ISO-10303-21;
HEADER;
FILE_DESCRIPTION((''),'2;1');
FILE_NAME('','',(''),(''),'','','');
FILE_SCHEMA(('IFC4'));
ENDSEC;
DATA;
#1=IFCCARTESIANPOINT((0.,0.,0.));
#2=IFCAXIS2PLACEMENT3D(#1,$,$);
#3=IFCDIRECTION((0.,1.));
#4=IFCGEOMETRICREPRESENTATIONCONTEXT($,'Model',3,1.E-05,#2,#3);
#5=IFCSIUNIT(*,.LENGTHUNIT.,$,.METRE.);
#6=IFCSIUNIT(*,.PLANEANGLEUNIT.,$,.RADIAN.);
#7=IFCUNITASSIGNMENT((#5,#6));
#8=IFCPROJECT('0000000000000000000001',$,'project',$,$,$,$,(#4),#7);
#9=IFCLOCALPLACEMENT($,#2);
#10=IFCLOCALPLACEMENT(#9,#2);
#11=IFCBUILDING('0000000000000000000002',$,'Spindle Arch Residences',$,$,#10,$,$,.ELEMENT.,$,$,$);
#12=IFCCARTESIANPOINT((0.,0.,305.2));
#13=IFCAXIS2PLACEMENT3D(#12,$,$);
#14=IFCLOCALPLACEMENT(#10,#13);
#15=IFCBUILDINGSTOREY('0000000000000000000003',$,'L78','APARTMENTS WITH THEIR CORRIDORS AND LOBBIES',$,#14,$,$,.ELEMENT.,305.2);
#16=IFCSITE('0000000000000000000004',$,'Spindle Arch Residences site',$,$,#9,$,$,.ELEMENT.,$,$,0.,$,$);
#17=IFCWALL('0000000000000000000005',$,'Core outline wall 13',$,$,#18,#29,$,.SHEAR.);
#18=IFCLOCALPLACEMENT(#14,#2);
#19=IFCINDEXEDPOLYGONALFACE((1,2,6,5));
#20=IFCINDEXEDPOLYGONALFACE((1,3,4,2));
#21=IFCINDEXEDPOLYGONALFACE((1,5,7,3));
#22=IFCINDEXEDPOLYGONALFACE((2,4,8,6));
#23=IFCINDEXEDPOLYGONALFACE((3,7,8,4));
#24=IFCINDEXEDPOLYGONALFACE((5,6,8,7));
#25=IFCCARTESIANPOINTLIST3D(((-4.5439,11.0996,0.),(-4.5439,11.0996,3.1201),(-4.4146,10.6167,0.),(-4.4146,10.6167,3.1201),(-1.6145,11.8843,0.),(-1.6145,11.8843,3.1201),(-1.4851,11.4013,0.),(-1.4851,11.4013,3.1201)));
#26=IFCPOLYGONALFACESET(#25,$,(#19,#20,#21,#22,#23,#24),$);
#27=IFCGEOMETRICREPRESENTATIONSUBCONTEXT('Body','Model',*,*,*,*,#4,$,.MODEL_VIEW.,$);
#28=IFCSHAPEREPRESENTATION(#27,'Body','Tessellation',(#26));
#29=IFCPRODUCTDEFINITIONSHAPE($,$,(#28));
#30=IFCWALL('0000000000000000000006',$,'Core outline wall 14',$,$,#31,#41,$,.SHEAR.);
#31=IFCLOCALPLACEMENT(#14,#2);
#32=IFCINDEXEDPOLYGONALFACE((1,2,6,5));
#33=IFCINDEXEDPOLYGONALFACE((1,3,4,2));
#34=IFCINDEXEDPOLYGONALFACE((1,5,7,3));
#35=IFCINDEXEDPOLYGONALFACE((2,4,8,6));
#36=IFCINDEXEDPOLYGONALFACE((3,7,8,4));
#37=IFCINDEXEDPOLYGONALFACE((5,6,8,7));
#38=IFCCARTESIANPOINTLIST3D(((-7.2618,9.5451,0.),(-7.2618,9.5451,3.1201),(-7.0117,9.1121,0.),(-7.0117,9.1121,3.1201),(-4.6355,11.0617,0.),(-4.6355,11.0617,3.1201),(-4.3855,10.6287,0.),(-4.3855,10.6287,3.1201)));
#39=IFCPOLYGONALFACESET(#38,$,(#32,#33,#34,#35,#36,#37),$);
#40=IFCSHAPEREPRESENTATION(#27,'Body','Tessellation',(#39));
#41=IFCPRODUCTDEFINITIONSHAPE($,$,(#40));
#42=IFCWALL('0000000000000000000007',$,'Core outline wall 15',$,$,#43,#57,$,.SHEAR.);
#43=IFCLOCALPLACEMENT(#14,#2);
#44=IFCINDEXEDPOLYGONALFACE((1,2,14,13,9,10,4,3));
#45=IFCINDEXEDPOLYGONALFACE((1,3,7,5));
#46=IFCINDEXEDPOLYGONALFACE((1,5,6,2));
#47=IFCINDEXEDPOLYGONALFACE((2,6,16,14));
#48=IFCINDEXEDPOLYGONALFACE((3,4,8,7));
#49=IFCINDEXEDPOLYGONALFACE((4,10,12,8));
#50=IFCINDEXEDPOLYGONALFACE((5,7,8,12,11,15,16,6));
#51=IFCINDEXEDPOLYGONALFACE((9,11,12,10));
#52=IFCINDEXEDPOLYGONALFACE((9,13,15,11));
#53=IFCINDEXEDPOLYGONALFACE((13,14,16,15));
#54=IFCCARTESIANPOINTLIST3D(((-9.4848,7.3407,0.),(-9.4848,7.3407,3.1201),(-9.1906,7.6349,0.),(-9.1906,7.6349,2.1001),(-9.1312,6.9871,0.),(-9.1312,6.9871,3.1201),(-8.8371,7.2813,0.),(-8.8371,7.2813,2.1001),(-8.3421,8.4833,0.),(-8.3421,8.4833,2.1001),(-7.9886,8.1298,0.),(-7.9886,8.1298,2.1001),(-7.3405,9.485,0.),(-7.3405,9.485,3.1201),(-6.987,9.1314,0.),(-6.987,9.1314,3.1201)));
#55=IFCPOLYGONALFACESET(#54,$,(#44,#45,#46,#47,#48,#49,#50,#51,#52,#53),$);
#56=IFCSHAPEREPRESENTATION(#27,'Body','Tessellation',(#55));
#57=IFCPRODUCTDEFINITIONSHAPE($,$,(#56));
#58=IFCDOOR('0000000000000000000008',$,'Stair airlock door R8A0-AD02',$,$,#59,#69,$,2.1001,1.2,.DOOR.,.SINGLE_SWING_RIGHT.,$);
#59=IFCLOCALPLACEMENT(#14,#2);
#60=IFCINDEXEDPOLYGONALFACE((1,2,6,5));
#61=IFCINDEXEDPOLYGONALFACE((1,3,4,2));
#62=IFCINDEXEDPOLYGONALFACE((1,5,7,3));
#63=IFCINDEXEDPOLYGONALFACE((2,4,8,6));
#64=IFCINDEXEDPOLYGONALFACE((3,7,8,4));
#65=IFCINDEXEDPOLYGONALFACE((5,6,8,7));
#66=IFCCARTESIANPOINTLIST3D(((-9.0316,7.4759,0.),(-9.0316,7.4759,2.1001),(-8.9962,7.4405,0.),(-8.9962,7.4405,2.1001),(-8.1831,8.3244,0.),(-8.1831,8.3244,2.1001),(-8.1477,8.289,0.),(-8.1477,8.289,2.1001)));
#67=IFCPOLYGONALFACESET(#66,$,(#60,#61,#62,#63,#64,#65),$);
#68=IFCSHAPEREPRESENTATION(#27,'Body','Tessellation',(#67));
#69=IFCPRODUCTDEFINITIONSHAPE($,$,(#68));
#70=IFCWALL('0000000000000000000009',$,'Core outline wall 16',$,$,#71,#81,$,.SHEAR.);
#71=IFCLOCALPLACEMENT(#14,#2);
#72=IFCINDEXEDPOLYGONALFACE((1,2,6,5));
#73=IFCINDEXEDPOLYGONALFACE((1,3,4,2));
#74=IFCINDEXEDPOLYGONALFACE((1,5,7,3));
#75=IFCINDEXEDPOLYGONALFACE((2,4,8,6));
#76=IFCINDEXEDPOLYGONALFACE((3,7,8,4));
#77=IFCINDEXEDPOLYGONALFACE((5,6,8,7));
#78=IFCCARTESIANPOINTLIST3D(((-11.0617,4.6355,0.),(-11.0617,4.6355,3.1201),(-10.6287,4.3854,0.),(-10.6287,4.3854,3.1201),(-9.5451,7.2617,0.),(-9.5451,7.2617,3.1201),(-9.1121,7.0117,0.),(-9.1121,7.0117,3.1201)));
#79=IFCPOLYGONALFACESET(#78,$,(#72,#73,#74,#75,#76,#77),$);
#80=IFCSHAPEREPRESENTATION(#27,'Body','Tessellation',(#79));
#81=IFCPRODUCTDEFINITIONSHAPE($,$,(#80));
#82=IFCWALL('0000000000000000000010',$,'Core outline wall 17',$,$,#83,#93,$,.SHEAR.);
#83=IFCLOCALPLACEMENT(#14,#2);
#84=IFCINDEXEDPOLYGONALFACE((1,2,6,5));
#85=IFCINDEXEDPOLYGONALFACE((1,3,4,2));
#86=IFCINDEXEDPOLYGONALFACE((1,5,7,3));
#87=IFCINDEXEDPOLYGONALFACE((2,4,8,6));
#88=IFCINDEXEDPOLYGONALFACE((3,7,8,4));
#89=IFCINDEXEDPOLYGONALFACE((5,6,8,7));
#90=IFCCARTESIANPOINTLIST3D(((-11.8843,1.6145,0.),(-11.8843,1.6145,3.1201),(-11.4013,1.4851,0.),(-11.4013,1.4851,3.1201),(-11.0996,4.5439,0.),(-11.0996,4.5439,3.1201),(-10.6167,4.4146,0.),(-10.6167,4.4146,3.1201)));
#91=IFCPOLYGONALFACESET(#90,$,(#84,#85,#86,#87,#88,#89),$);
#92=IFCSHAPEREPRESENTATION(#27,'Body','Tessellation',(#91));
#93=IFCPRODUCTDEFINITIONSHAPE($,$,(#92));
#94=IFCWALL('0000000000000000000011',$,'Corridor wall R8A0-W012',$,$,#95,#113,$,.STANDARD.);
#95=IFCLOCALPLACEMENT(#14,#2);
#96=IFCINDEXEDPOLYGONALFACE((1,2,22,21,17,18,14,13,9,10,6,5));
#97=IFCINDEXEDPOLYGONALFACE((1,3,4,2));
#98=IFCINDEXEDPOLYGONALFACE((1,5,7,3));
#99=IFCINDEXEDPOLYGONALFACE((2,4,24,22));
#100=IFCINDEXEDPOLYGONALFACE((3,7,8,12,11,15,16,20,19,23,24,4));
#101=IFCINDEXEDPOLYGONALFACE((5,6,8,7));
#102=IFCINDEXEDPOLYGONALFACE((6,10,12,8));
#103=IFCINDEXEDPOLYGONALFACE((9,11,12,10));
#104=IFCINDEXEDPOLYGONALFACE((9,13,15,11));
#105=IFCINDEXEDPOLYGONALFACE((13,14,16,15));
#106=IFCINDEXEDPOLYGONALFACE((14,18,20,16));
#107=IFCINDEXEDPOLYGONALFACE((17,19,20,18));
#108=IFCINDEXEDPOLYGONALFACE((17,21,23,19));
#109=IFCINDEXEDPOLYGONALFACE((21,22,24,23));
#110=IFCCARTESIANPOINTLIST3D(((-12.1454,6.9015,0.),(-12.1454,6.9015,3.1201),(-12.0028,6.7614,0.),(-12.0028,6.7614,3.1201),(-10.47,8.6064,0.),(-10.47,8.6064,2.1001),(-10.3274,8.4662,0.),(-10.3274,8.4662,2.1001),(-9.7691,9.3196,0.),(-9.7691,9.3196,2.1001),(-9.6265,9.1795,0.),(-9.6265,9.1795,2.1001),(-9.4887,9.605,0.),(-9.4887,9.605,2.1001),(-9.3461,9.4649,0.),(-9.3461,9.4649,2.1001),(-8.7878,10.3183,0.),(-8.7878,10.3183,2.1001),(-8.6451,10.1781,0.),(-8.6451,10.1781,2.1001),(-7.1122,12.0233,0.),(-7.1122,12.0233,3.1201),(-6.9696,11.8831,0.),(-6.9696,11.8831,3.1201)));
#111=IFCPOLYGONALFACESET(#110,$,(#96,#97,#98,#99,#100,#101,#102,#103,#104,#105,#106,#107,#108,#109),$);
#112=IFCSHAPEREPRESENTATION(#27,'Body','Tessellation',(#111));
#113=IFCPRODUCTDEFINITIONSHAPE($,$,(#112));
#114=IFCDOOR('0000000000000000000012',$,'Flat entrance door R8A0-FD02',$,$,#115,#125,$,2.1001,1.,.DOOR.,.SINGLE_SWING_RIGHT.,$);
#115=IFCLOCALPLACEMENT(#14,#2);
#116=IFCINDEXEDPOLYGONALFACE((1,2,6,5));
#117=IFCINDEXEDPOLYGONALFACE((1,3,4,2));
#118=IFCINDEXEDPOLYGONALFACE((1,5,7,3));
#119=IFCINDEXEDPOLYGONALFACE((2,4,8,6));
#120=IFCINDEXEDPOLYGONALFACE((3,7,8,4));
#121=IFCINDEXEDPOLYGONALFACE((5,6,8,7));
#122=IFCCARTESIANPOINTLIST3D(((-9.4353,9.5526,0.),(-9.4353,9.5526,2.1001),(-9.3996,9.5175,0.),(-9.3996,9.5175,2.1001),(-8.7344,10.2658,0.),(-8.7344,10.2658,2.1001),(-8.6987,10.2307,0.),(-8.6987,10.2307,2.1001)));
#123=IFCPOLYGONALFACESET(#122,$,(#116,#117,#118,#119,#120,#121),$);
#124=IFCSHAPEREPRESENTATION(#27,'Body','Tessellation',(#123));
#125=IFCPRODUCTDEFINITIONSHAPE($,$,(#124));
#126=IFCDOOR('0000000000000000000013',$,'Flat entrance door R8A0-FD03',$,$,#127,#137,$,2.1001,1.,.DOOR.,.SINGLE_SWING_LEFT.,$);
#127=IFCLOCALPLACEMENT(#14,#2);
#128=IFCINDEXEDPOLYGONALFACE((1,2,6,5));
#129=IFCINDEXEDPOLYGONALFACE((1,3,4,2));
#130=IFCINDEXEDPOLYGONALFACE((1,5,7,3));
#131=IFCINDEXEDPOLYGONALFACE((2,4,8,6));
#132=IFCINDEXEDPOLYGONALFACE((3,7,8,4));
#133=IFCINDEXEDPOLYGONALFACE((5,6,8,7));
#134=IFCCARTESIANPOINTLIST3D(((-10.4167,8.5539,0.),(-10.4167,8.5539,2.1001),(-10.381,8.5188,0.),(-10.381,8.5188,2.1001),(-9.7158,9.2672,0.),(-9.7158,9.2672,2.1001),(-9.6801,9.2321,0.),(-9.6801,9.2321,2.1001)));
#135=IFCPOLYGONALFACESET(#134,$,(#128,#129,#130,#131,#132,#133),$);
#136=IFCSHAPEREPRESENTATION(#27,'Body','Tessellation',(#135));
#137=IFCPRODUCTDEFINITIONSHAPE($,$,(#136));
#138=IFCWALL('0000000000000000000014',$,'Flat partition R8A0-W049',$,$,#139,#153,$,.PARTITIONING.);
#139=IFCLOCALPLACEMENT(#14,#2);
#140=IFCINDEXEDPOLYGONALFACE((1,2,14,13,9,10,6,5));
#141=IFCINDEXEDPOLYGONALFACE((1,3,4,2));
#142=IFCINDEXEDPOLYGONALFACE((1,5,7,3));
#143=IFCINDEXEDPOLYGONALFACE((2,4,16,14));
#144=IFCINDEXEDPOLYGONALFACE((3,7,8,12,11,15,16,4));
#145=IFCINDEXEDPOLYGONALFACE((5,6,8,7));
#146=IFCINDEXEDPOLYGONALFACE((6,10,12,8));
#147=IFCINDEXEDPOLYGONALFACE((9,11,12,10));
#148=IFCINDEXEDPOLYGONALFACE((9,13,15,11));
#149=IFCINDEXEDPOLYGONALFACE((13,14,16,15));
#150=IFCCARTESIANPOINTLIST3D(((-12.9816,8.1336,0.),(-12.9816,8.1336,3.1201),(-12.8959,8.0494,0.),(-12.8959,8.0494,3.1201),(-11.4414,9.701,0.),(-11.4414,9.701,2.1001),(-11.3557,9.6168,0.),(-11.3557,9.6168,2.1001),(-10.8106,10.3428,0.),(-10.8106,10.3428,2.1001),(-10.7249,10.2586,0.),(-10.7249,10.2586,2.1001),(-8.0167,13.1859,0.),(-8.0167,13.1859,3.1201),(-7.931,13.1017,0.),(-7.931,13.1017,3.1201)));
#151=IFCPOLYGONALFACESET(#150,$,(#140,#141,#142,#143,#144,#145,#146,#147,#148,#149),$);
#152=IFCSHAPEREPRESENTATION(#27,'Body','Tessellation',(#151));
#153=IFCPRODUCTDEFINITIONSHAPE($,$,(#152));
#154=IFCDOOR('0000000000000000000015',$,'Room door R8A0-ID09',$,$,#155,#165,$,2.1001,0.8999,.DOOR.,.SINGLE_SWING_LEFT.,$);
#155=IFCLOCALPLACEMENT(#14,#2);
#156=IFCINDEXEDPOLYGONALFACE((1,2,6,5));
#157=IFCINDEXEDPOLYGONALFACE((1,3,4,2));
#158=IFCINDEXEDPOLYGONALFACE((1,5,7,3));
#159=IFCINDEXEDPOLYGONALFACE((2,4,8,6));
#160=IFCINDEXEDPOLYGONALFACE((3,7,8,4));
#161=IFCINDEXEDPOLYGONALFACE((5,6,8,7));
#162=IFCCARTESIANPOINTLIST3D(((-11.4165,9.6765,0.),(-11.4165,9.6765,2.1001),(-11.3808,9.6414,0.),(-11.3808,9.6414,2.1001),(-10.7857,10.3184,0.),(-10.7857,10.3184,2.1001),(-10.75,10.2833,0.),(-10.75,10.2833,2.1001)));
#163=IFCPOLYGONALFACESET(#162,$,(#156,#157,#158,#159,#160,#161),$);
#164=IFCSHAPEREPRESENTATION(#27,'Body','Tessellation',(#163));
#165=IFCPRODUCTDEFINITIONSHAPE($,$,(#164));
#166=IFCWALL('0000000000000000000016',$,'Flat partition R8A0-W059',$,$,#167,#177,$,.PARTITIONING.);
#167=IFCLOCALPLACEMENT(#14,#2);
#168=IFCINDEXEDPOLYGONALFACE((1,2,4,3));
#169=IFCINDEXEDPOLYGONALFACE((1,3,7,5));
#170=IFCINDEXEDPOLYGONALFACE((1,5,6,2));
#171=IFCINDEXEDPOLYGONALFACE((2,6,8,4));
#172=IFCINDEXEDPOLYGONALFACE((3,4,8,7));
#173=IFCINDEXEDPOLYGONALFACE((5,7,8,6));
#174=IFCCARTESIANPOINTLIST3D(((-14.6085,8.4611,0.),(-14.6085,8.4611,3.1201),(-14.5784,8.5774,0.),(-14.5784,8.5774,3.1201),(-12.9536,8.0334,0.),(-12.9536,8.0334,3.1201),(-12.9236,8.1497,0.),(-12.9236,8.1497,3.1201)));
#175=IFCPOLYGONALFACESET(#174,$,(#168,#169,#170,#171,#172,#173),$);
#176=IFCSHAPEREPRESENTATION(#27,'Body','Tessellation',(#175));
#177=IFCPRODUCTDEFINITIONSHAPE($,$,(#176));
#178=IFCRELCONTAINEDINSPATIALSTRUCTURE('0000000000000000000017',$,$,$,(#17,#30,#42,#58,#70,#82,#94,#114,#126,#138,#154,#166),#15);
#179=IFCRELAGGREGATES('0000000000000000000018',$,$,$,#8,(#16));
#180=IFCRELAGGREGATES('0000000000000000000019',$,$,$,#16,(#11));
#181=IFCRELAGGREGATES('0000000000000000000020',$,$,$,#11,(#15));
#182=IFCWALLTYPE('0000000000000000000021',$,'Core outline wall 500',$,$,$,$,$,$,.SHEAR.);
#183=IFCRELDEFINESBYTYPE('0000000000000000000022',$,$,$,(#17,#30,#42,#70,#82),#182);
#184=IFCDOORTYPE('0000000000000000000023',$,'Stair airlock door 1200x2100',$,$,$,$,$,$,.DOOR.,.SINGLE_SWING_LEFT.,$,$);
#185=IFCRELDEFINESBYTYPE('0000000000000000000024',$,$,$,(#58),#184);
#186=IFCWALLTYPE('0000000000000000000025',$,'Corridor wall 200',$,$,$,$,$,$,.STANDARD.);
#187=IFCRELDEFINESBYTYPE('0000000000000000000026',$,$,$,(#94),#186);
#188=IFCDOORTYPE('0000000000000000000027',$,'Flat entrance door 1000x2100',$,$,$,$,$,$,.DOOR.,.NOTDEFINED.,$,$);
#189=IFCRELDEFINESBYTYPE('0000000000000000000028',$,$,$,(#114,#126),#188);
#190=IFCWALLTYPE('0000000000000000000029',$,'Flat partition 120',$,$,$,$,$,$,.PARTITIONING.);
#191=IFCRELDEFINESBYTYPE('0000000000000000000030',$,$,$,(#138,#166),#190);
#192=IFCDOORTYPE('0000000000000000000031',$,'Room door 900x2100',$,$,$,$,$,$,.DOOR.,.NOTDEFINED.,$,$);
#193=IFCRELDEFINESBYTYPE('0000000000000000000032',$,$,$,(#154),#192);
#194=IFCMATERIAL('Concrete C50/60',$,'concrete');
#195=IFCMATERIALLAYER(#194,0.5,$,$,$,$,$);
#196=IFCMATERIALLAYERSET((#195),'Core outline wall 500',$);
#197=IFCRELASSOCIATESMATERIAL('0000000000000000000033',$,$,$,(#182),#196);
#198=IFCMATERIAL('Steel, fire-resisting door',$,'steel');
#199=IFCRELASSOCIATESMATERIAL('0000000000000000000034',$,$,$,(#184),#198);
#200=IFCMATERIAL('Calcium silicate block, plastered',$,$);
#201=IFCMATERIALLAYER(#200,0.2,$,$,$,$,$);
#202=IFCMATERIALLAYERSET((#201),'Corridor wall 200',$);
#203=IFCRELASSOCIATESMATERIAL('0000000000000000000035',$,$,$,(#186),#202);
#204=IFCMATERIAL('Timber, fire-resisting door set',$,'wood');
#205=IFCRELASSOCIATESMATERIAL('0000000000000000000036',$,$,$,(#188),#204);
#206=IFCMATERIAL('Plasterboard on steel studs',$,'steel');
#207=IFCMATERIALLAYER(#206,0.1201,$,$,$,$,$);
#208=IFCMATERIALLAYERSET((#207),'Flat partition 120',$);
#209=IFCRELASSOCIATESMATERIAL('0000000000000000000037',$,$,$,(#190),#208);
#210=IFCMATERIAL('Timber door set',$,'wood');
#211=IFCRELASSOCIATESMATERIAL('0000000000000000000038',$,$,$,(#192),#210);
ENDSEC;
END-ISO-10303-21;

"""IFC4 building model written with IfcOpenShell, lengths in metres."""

from ifc_helpers import new_model, si_unit, direction, frame, frame_2d, origin, place, context, subcontext, project, spatial, rectangle, extrude, material, layer, layer_set, type_object, element, fill, save


model = new_model("IFC4")

# Units and contexts
model_context = context("Model", 3, precision=1e-05, world=origin(), true_north=direction((0.0, 1.0)))
body_context = subcontext(model_context, "Body", "Model", "MODEL_VIEW")
ifc_project = project(units=[si_unit("LENGTHUNIT", "METRE"), si_unit("PLANEANGLEUNIT", "RADIAN")], contexts=[model_context])

# Site, building, storey
site_placement = place(None, origin())
site = spatial("IfcSite", under=ifc_project, at=site_placement, Name="Spindle Arch Residences site", CompositionType="ELEMENT", RefElevation=0.0)
building_placement = place(site_placement, origin())
building = spatial("IfcBuilding", under=site, at=building_placement, Name="Spindle Arch Residences", CompositionType="ELEMENT")
storey_placement = place(building_placement, frame((0.0, 0.0, 305.2)))
storey = spatial("IfcBuildingStorey", under=building, at=storey_placement, Name="L78", Description="APARTMENTS WITH THEIR CORRIDORS AND LOBBIES", CompositionType="ELEMENT", Elevation=305.2)

# Walls
ifc_material_1 = material(Name="Concrete C50/60", Category="concrete")
ifc_layer_1 = layer(ifc_material_1, 0.5)
ifc_layer_set_1 = layer_set([ifc_layer_1], Name="Core outline wall 500")
wall_type_1 = type_object("IfcWallType", Name="Core outline wall 500", PredefinedType="SHEAR", material=ifc_layer_set_1)
for number, where, z_axis, x_axis, name in (
    (1, (-1.5498, 11.6428, 0.0), (0.0, 0.0, 1.0), (-0.965948, -0.258735, 0.0), "Core outline wall 13"),
    (2, (-4.5105, 10.8452, 0.0), (0.0, 0.0, 1.0), (-0.865975, -0.500087, 0.0), "Core outline wall 14"),
):
    element("IfcWall", number, at=place(storey_placement, frame(where, z_axis=z_axis, x_axis=x_axis)), inside=storey, type_object=wall_type_1, Name=name, PredefinedType="SHEAR", context=body_context, shape_type="SweptSolid", body=[
        extrude(rectangle(XDim=3.0327, YDim=0.5, at=frame_2d((1.5164, 0.0))), origin(), (0.0, 0.0, 1.0), 3.1201),
    ])

# Wall, opening, door
wall_1_placement = place(storey_placement, frame((-7.1638, 9.3081, 0.0), z_axis=(0.0, 0.0, 1.0), x_axis=(-0.707107, -0.707107, 0.0)))
wall_1 = element("IfcWall", 3, at=wall_1_placement, inside=storey, type_object=wall_type_1, Name="Core outline wall 15", PredefinedType="SHEAR", context=body_context, shape_type="SweptSolid", body=[
    extrude(rectangle(XDim=3.0325, YDim=0.5, at=frame_2d((1.5161, 0.0))), origin(), (0.0, 0.0, 1.0), 3.1201),
])
opening_1_placement = place(wall_1_placement, frame((1.4163, 0.0, 0.0)))
opening_1 = element("IfcOpeningElement", 4, at=opening_1_placement, cuts=wall_1, PredefinedType="OPENING", context=body_context, shape_type="SweptSolid", body=[
    extrude(rectangle(XDim=1.2, YDim=2.1001, at=frame_2d((0.6001, 1.05))), frame((0.0, 0.26, 0.0), z_axis=(0.0, -1.0, 0.0), x_axis=(1.0, 0.0, 0.0)), (0.0, 0.0, 1.0), 0.52),
])
ifc_material_2 = material(Name="Steel, fire-resisting door", Category="steel")
door_type_1 = type_object("IfcDoorType", Name="Stair airlock door 1200x2100", OperationType="SINGLE_SWING_LEFT", PredefinedType="DOOR", material=ifc_material_2)
door_1_placement = place(opening_1_placement, origin())
door_1 = element("IfcDoor", 5, at=door_1_placement, inside=storey, type_object=door_type_1, Name="Stair airlock door R8A0-AD02", OperationType="SINGLE_SWING_RIGHT", OverallHeight=2.1001, OverallWidth=1.2, PredefinedType="DOOR", context=body_context, shape_type="SweptSolid", body=[
    extrude(rectangle(XDim=1.2, YDim=2.1001, at=frame_2d((0.6001, 1.05))), frame((0.0, 0.0249, 0.0), z_axis=(0.0, -1.0, 0.0), x_axis=(1.0, 0.0, 0.0)), (0.0, 0.0, 1.0), 0.05),
])
fill(opening_1, door_1)

# Walls
for number, where, z_axis, x_axis, name in (
    (6, (-9.3286, 7.1367, 0.0), (0.0, 0.0, 1.0), (-0.500087, -0.865975, 0.0), "Core outline wall 16"),
    (7, (-10.8582, 4.4792, 0.0), (0.0, 0.0, 1.0), (-0.258735, -0.965948, 0.0), "Core outline wall 17"),
):
    element("IfcWall", number, at=place(storey_placement, frame(where, z_axis=z_axis, x_axis=x_axis)), inside=storey, type_object=wall_type_1, Name=name, PredefinedType="SHEAR", context=body_context, shape_type="SweptSolid", body=[
        extrude(rectangle(XDim=3.0327, YDim=0.5, at=frame_2d((1.5164, 0.0))), origin(), (0.0, 0.0, 1.0), 3.1201),
    ])

# Wall, openings, doors
ifc_material_3 = material(Name="Calcium silicate block, plastered")
ifc_layer_2 = layer(ifc_material_3, 0.2)
ifc_layer_set_2 = layer_set([ifc_layer_2], Name="Corridor wall 200")
wall_type_2 = type_object("IfcWallType", Name="Corridor wall 200", PredefinedType="STANDARD", material=ifc_layer_set_2)
wall_2_placement = place(storey_placement, frame((-7.041, 11.9531, 0.0), z_axis=(0.0, 0.0, 1.0), x_axis=(-0.700909, -0.713251, 0.0)))
wall_2 = element("IfcWall", 8, at=wall_2_placement, inside=storey, type_object=wall_type_2, Name="Corridor wall R8A0-W012", PredefinedType="STANDARD", context=body_context, shape_type="SweptSolid", body=[
    extrude(rectangle(XDim=7.1809, YDim=0.2, at=frame_2d((3.5903, 0.0))), origin(), (0.0, 0.0, 1.0), 3.1201),
])
opening_2_placement = place(wall_2_placement, frame((2.3904, 0.0, 0.0)))
opening_2 = element("IfcOpeningElement", 9, at=opening_2_placement, cuts=wall_2, PredefinedType="OPENING", context=body_context, shape_type="SweptSolid", body=[
    extrude(rectangle(XDim=1.0, YDim=2.1001, at=frame_2d((0.5, 1.05))), frame((0.0, 0.1099, 0.0), z_axis=(0.0, -1.0, 0.0), x_axis=(1.0, 0.0, 0.0)), (0.0, 0.0, 1.0), 0.22),
])
opening_3_placement = place(wall_2_placement, frame((3.7905, 0.0, 0.0)))
opening_3 = element("IfcOpeningElement", 10, at=opening_3_placement, cuts=wall_2, PredefinedType="OPENING", context=body_context, shape_type="SweptSolid", body=[
    extrude(rectangle(XDim=1.0, YDim=2.1001, at=frame_2d((0.5, 1.05))), frame((0.0, 0.1099, 0.0), z_axis=(0.0, -1.0, 0.0), x_axis=(1.0, 0.0, 0.0)), (0.0, 0.0, 1.0), 0.22),
])
ifc_material_4 = material(Name="Timber, fire-resisting door set", Category="wood")
door_type_2 = type_object("IfcDoorType", Name="Flat entrance door 1000x2100", OperationType="NOTDEFINED", PredefinedType="DOOR", material=ifc_material_4)
door_2_placement = place(opening_2_placement, origin())
door_2 = element("IfcDoor", 11, at=door_2_placement, inside=storey, type_object=door_type_2, Name="Flat entrance door R8A0-FD02", OperationType="SINGLE_SWING_RIGHT", OverallHeight=2.1001, OverallWidth=1.0, PredefinedType="DOOR", context=body_context, shape_type="SweptSolid", body=[
    extrude(rectangle(XDim=1.0, YDim=2.1001, at=frame_2d((0.5, 1.05))), frame((0.0, 0.0249, 0.0), z_axis=(0.0, -1.0, 0.0), x_axis=(1.0, 0.0, 0.0)), (0.0, 0.0, 1.0), 0.05),
])
fill(opening_2, door_2)
door_3_placement = place(opening_3_placement, origin())
door_3 = element("IfcDoor", 12, at=door_3_placement, inside=storey, type_object=door_type_2, Name="Flat entrance door R8A0-FD03", OperationType="SINGLE_SWING_LEFT", OverallHeight=2.1001, OverallWidth=1.0, PredefinedType="DOOR", context=body_context, shape_type="SweptSolid", body=[
    extrude(rectangle(XDim=1.0, YDim=2.1001, at=frame_2d((0.5, 1.05))), frame((0.0, 0.0249, 0.0), z_axis=(0.0, -1.0, 0.0), x_axis=(1.0, 0.0, 0.0)), (0.0, 0.0, 1.0), 0.05),
])
fill(opening_3, door_3)

# Wall, opening, door
ifc_material_5 = material(Name="Plasterboard on steel studs", Category="steel")
ifc_layer_3 = layer(ifc_material_5, 0.1201)
ifc_layer_set_3 = layer_set([ifc_layer_3], Name="Flat partition 120")
wall_type_3 = type_object("IfcWallType", Name="Flat partition 120", PredefinedType="PARTITIONING", material=ifc_layer_set_3)
wall_3_placement = place(storey_placement, frame((-7.9739, 13.1438, 0.0), z_axis=(0.0, 0.0, 1.0), x_axis=(-0.70091, -0.713249, 0.0)))
wall_3 = element("IfcWall", 13, at=wall_3_placement, inside=storey, type_object=wall_type_3, Name="Flat partition R8A0-W049", PredefinedType="PARTITIONING", context=body_context, shape_type="SweptSolid", body=[
    extrude(rectangle(XDim=7.0835, YDim=0.1201, at=frame_2d((3.5417, 0.0))), origin(), (0.0, 0.0, 1.0), 3.1201),
])
opening_4_placement = place(wall_3_placement, frame((3.9861, 0.0, 0.0)))
opening_4 = element("IfcOpeningElement", 14, at=opening_4_placement, cuts=wall_3, PredefinedType="OPENING", context=body_context, shape_type="SweptSolid", body=[
    extrude(rectangle(XDim=0.8999, YDim=2.1001, at=frame_2d((0.45, 1.05))), frame((0.0, 0.0701, 0.0), z_axis=(0.0, -1.0, 0.0), x_axis=(1.0, 0.0, 0.0)), (0.0, 0.0, 1.0), 0.1401),
])
ifc_material_6 = material(Name="Timber door set", Category="wood")
door_type_3 = type_object("IfcDoorType", Name="Room door 900x2100", OperationType="NOTDEFINED", PredefinedType="DOOR", material=ifc_material_6)
door_4_placement = place(opening_4_placement, origin())
door_4 = element("IfcDoor", 15, at=door_4_placement, inside=storey, type_object=door_type_3, Name="Room door R8A0-ID09", OperationType="SINGLE_SWING_LEFT", OverallHeight=2.1001, OverallWidth=0.8999, PredefinedType="DOOR", context=body_context, shape_type="SweptSolid", body=[
    extrude(rectangle(XDim=0.8999, YDim=2.1001, at=frame_2d((0.45, 1.05))), frame((0.0, 0.0249, 0.0), z_axis=(0.0, -1.0, 0.0), x_axis=(1.0, 0.0, 0.0)), (0.0, 0.0, 1.0), 0.05),
])
fill(opening_4, door_4)

# Wall
wall_4_placement = place(storey_placement, frame((-12.9387, 8.0916, 0.0), z_axis=(0.0, 0.0, 1.0), x_axis=(-0.968179, 0.250258, 0.0)))
element("IfcWall", 16, at=wall_4_placement, inside=storey, type_object=wall_type_3, Name="Flat partition R8A0-W059", PredefinedType="PARTITIONING", context=body_context, shape_type="SweptSolid", body=[
    extrude(rectangle(XDim=1.7092, YDim=0.1201, at=frame_2d((0.8545, 0.0))), origin(), (0.0, 0.0, 1.0), 3.1201),
])

save(model, "model.ifc")
